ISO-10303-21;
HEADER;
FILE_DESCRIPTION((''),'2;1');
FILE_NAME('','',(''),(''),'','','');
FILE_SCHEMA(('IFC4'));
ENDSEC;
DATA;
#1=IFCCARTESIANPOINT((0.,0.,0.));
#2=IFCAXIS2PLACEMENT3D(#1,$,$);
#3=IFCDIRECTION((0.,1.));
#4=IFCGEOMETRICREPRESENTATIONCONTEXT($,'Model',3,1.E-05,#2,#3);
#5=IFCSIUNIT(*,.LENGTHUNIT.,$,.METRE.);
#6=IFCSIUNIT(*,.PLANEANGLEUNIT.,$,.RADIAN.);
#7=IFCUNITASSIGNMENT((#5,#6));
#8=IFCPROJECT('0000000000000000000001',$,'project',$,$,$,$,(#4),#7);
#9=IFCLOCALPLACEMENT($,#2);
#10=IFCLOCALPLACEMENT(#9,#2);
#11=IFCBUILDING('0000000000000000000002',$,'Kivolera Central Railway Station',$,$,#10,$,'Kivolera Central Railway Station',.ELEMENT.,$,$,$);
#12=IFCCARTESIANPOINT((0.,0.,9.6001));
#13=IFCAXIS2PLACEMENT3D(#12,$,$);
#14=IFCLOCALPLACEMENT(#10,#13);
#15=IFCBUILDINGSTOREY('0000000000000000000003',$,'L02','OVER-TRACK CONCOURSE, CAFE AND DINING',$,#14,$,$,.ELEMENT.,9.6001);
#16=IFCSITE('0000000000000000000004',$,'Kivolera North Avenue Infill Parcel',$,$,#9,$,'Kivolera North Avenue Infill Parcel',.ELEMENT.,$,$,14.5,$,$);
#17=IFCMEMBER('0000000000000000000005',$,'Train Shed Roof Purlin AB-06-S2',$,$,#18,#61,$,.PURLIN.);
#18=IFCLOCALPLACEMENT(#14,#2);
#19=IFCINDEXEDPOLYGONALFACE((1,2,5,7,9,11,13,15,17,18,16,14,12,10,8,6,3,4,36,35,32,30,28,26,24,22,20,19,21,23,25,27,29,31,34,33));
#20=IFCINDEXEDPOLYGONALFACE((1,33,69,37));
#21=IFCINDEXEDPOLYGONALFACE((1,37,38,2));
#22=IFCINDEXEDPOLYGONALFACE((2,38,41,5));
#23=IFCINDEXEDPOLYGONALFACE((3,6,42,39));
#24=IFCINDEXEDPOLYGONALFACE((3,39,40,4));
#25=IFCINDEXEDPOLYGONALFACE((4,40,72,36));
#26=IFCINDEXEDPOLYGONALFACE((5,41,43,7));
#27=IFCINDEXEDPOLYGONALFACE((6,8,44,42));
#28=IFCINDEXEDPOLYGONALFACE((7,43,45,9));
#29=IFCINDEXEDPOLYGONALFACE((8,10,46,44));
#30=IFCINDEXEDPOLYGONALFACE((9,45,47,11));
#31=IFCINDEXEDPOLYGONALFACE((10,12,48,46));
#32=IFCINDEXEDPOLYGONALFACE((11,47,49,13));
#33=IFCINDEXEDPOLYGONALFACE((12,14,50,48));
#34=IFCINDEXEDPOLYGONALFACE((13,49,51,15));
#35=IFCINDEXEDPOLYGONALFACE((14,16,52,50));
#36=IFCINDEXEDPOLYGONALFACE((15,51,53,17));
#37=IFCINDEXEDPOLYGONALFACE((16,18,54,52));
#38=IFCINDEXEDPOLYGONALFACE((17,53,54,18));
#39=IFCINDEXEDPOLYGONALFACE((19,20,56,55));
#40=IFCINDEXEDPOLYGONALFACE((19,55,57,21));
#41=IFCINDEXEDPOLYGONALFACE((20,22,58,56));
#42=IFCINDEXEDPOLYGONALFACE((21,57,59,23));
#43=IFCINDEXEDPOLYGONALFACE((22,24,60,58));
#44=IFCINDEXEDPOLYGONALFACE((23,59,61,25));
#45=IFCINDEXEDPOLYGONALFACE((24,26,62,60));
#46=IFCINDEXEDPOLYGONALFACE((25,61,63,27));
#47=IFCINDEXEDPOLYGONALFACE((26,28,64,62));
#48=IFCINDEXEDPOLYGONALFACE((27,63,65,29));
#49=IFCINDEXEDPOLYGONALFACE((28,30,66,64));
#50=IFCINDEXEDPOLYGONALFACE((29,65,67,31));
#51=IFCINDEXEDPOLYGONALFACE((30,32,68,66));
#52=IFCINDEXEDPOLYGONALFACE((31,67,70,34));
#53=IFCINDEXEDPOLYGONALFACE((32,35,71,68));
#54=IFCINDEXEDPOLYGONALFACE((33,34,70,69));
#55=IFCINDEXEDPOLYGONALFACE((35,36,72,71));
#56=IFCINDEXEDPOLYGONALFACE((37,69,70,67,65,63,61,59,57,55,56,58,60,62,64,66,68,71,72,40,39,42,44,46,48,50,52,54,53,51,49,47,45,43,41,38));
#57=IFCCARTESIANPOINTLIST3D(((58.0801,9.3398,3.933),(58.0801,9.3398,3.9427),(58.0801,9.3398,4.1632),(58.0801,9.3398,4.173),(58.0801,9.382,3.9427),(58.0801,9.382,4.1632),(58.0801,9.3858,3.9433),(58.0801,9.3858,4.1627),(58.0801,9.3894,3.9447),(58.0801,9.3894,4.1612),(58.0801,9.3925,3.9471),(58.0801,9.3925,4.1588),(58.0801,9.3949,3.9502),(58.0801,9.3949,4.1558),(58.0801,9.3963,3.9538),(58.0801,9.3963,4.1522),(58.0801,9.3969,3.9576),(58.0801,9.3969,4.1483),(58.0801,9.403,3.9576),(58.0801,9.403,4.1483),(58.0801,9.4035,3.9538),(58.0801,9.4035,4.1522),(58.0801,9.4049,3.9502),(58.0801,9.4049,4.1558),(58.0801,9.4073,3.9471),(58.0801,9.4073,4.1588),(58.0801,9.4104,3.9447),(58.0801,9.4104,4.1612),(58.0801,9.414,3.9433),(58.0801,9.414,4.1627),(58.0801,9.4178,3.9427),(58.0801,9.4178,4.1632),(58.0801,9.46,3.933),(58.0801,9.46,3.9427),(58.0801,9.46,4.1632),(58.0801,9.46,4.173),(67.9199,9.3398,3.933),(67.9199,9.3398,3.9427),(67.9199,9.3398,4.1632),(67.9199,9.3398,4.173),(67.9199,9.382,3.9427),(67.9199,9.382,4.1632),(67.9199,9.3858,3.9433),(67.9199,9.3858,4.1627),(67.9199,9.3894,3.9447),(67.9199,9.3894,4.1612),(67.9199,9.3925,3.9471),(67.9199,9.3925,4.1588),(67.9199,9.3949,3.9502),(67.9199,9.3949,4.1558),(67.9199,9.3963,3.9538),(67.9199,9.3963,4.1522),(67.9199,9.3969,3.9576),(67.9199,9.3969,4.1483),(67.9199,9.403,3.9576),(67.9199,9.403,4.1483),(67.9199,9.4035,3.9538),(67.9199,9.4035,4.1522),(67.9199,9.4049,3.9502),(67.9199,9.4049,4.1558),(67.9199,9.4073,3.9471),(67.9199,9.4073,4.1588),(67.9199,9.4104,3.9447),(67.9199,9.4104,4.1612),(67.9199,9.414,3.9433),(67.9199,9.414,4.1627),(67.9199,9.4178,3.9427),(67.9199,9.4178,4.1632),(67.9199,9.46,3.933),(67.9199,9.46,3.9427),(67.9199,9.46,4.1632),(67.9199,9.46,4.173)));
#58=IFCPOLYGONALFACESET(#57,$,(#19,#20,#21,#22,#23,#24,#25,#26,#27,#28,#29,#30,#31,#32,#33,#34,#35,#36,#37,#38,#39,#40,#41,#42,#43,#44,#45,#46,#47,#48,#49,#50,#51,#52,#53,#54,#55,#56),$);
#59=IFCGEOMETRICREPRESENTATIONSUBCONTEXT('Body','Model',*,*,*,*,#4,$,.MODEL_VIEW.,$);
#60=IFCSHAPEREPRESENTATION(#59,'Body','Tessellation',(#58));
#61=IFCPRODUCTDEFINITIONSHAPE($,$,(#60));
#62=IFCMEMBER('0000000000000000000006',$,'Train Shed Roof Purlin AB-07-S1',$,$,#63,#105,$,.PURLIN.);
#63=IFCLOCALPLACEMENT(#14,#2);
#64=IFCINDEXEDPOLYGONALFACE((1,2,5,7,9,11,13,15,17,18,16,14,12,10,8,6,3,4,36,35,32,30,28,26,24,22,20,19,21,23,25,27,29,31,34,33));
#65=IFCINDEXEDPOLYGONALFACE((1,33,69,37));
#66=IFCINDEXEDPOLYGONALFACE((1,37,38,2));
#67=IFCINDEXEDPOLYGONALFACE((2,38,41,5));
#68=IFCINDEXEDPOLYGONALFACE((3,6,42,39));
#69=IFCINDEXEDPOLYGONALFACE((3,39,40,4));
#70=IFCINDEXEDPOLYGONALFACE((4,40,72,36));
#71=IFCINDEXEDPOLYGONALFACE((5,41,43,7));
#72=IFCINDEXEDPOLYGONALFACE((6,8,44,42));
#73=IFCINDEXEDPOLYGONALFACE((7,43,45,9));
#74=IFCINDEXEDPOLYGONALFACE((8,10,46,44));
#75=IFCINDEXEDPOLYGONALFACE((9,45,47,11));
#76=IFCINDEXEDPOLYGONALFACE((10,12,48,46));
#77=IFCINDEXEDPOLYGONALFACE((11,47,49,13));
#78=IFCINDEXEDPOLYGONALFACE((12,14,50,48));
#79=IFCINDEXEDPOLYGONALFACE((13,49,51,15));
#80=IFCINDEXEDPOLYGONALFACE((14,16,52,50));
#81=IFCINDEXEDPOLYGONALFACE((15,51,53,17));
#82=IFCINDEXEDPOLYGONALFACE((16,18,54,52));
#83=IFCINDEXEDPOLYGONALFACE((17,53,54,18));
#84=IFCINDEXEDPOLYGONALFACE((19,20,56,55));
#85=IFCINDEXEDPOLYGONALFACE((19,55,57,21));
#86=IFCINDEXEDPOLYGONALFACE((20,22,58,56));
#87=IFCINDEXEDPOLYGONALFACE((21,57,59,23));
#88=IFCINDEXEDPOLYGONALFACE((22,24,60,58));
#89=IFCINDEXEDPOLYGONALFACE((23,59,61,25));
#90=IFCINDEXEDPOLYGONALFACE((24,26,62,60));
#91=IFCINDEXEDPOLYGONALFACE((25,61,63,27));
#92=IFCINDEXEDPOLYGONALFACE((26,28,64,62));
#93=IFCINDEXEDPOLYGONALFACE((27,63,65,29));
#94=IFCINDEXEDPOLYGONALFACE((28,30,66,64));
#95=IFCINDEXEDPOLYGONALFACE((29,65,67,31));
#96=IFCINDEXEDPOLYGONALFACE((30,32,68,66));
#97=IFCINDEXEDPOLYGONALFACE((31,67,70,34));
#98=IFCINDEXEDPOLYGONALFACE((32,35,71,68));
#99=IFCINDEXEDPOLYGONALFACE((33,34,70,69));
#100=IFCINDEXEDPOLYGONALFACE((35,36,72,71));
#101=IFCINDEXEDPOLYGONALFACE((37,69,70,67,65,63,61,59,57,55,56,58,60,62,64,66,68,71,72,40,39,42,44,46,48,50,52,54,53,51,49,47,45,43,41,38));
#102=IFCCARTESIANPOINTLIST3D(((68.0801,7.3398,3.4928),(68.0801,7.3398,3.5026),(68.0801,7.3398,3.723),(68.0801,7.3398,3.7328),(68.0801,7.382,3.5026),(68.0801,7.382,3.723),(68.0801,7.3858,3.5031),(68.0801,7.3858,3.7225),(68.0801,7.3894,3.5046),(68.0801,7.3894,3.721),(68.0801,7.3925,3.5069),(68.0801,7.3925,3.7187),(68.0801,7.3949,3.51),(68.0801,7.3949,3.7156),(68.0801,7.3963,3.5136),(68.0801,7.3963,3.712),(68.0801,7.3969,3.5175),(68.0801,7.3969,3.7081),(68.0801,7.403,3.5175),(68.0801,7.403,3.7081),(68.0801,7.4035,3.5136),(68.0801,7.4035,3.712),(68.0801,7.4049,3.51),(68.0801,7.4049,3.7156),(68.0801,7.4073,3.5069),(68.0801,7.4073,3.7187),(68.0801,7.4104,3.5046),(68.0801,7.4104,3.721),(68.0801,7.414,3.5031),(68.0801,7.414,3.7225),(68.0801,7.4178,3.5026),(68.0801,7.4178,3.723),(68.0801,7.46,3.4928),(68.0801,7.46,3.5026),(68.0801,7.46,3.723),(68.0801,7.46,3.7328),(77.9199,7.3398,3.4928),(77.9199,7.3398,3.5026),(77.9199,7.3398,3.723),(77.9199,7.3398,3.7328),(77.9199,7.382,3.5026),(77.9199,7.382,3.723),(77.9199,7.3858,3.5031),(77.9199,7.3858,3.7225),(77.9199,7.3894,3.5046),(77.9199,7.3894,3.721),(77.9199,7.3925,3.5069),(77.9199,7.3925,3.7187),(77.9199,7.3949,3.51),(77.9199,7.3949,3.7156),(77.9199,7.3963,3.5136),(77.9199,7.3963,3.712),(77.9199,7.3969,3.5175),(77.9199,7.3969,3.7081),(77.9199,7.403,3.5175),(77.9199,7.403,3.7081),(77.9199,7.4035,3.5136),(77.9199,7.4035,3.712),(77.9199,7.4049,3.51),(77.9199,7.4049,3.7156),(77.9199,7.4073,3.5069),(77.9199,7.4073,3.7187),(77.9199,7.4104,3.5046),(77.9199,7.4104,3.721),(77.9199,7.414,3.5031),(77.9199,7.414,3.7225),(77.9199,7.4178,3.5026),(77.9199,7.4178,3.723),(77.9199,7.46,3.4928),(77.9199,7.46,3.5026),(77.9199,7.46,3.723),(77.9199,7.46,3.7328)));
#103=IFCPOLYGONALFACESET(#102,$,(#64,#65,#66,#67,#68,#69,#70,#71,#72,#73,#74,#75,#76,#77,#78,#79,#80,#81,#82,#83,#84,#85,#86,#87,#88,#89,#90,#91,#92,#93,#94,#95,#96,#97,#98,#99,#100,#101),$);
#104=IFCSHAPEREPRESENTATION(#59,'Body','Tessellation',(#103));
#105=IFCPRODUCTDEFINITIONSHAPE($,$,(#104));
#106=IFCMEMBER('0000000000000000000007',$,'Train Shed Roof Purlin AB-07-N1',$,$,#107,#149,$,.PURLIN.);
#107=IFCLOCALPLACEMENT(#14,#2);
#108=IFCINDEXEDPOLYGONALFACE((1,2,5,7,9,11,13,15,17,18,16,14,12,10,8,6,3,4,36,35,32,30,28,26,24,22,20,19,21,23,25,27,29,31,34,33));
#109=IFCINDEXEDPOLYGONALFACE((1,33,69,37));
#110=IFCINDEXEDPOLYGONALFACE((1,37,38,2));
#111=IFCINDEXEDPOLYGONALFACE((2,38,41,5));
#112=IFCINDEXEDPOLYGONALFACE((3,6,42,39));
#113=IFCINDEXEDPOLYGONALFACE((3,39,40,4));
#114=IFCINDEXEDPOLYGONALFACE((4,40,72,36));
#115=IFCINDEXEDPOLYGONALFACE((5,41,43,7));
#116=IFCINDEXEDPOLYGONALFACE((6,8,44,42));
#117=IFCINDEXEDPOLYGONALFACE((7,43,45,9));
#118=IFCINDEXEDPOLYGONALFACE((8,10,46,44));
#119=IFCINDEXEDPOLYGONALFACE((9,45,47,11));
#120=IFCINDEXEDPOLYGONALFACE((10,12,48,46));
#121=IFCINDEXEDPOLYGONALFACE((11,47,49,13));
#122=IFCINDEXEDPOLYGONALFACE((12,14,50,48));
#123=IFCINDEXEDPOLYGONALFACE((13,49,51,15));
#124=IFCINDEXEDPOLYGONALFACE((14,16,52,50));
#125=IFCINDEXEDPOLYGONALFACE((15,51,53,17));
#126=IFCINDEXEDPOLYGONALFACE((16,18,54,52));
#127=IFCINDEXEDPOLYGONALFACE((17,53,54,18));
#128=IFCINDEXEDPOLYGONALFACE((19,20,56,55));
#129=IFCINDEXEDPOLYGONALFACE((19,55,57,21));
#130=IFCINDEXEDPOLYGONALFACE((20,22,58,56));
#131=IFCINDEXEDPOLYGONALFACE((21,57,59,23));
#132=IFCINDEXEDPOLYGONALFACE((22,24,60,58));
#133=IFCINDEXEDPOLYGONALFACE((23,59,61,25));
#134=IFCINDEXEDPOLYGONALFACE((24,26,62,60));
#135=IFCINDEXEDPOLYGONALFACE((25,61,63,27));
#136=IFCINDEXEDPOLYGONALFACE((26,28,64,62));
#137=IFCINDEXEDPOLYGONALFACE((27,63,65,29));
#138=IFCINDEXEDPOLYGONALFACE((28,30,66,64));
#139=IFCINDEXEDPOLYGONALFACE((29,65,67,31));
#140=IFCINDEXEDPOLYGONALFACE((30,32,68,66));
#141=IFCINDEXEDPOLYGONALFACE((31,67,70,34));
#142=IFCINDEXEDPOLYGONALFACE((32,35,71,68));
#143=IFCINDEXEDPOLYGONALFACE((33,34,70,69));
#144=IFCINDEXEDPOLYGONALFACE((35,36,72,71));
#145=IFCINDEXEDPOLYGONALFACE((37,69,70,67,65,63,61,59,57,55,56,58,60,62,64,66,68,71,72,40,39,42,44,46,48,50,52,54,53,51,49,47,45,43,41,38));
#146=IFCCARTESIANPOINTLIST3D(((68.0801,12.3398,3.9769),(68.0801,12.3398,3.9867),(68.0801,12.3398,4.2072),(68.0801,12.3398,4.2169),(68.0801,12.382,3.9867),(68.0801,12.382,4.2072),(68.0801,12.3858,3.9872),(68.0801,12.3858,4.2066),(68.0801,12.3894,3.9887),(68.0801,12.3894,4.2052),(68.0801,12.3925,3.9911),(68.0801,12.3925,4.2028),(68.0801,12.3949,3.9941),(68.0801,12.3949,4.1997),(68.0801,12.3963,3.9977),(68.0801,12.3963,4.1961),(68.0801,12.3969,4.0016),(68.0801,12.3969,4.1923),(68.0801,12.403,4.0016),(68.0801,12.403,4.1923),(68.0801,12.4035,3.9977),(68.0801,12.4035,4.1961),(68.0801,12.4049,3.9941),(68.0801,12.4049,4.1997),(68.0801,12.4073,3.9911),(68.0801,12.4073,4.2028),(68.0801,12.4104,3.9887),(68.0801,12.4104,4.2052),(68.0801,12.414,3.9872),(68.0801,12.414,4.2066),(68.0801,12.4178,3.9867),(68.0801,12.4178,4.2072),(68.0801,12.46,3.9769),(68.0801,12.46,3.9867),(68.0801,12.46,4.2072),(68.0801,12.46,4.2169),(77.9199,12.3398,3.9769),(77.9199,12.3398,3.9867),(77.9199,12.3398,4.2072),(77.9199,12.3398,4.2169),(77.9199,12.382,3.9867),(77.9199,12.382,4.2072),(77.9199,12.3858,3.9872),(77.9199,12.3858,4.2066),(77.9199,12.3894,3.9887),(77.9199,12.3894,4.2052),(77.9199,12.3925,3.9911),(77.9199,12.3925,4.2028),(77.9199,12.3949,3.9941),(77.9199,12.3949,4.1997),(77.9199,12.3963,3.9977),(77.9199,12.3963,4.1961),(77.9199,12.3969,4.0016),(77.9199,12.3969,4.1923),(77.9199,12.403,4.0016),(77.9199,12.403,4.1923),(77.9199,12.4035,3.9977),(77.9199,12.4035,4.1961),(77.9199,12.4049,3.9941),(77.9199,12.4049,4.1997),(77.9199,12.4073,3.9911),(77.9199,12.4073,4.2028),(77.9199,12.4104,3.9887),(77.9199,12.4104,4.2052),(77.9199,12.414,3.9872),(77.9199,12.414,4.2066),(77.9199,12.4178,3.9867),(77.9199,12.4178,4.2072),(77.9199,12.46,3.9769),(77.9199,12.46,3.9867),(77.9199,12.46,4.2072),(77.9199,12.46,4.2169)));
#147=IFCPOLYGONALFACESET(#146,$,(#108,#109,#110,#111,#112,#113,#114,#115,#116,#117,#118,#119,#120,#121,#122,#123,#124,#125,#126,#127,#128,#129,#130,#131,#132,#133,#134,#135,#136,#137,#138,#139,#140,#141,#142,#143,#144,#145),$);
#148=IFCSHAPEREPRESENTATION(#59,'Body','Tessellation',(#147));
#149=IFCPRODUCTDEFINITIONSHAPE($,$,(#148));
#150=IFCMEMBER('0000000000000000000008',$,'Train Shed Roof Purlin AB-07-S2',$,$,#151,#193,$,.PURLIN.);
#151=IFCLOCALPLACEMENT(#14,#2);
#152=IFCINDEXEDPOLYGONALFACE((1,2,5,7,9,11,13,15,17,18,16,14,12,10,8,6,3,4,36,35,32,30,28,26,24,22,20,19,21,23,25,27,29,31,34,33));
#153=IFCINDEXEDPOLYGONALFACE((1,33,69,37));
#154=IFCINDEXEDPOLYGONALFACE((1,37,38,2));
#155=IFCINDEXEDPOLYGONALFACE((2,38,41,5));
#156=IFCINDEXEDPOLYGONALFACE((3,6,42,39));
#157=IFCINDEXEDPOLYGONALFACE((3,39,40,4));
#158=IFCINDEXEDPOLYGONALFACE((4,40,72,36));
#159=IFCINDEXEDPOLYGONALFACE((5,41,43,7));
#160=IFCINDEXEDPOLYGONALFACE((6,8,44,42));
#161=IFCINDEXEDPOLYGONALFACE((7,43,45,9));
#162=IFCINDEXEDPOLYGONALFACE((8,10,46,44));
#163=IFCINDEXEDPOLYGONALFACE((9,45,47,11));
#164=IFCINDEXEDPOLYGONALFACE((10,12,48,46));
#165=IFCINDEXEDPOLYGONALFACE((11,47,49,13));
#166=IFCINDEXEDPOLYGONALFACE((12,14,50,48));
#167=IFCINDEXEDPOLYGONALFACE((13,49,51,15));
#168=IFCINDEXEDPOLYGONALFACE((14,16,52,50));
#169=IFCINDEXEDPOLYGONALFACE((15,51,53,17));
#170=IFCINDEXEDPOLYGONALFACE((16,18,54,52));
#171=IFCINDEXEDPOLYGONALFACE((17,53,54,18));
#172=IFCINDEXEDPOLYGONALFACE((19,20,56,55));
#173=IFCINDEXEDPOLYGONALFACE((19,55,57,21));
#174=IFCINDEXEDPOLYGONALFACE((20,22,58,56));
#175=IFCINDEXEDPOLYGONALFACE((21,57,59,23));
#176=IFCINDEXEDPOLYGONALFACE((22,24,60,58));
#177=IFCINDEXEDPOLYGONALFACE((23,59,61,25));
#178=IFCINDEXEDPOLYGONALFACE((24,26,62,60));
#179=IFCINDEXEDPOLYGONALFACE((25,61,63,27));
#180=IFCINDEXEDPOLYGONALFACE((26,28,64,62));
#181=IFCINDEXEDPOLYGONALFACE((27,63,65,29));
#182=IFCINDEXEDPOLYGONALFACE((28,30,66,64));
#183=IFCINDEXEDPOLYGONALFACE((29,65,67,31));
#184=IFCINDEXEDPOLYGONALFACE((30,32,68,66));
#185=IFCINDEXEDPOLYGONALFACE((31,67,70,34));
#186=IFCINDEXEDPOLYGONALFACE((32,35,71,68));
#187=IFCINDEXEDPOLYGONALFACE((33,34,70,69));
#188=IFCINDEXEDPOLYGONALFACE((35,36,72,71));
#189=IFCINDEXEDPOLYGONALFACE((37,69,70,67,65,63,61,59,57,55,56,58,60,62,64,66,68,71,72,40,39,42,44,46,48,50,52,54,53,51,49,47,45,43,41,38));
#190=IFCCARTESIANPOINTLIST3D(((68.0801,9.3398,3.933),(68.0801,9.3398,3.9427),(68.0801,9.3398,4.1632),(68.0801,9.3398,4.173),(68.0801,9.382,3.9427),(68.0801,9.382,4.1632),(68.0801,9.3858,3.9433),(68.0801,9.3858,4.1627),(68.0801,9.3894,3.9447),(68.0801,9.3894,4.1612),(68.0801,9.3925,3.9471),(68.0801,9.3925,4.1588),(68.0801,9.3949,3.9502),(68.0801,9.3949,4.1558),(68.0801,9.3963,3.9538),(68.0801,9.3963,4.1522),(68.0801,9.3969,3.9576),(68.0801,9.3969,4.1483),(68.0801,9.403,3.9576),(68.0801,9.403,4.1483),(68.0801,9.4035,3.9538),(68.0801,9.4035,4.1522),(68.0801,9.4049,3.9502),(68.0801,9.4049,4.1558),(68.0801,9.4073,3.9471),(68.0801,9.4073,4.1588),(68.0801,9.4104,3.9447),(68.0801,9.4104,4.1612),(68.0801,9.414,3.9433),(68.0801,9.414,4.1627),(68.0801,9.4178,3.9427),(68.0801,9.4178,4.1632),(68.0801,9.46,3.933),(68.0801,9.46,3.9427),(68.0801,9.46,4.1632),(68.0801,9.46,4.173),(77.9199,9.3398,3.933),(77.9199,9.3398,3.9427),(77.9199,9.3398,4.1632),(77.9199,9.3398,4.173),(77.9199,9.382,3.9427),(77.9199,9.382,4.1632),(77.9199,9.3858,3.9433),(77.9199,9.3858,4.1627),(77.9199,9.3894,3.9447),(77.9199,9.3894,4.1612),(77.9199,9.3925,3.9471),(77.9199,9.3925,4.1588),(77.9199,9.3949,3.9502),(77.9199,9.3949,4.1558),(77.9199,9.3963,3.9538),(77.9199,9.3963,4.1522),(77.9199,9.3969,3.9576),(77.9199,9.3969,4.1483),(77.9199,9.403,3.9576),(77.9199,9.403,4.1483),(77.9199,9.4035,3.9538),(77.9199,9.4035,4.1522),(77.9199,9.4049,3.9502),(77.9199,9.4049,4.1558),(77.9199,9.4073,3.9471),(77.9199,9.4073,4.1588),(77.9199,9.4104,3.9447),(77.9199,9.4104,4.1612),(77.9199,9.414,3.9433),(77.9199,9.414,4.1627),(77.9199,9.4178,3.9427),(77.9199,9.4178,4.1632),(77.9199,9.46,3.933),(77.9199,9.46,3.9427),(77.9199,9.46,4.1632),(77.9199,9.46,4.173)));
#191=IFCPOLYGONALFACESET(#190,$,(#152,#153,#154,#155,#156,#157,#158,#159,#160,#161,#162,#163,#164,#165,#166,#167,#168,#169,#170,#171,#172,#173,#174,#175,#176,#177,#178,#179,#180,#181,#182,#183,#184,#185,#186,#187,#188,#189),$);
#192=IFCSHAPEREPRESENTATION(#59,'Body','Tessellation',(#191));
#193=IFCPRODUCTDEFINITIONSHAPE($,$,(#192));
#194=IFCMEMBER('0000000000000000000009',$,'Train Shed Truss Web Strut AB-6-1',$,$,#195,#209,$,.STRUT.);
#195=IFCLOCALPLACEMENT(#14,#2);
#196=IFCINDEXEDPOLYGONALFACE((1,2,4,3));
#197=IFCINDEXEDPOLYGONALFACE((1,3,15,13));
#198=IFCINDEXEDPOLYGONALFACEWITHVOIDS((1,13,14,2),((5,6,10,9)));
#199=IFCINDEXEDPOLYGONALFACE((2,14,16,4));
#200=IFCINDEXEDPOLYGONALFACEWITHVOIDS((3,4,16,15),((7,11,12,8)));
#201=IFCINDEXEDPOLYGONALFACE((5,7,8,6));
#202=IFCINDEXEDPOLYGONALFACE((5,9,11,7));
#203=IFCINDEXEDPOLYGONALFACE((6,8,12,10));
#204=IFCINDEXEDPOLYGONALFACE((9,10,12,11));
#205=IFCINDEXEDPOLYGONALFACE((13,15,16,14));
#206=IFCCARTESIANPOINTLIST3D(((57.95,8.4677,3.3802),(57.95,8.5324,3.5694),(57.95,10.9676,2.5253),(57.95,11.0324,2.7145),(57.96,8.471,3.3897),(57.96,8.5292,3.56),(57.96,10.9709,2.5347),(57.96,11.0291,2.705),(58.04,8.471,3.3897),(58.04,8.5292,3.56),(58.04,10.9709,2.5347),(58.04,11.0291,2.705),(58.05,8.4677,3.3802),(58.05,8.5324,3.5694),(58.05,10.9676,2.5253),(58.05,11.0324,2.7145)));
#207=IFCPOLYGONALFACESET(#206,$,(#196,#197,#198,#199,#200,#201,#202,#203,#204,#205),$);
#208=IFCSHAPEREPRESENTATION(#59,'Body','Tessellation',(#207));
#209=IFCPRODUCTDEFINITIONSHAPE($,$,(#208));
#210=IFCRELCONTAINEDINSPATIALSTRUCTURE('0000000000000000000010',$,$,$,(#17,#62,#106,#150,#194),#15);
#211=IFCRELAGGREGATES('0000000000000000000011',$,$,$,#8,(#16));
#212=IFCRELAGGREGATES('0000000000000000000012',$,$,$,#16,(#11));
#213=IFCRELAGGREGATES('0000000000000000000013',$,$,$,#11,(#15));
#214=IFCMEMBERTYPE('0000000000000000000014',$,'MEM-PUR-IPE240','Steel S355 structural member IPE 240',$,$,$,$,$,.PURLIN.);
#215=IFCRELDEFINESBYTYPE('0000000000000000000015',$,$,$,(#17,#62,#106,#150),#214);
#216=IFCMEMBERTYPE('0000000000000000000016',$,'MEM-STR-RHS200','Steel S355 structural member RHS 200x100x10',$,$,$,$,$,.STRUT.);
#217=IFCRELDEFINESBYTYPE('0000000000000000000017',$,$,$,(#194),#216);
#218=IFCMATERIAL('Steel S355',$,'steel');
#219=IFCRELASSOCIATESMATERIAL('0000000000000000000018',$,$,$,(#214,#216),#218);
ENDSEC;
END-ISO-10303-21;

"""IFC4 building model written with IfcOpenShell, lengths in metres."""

from ifc_helpers import new_model, si_unit, direction, frame, origin, origin_2d, place, context, subcontext, project, spatial, hollow_rectangle, i_section, extrude, material, material_profile, profile_set, type_object, element, save


model = new_model("IFC4")

# Units and contexts
model_context = context("Model", 3, precision=1e-05, world=origin(), true_north=direction((0.0, 1.0)))
body_context = subcontext(model_context, "Body", "Model", "MODEL_VIEW")
ifc_project = project(units=[si_unit("LENGTHUNIT", "METRE"), si_unit("PLANEANGLEUNIT", "RADIAN")], contexts=[model_context])

# Site, building, storey
site_placement = place(None, origin())
site = spatial("IfcSite", under=ifc_project, at=site_placement, Name="Kivolera North Avenue Infill Parcel", LongName="Kivolera North Avenue Infill Parcel", CompositionType="ELEMENT", RefElevation=14.5)
building_placement = place(site_placement, origin())
building = spatial("IfcBuilding", under=site, at=building_placement, Name="Kivolera Central Railway Station", LongName="Kivolera Central Railway Station", CompositionType="ELEMENT")
storey_placement = place(building_placement, frame((0.0, 0.0, 9.6001)))
storey = spatial("IfcBuildingStorey", under=building, at=storey_placement, Name="L02", Description="OVER-TRACK CONCOURSE, CAFE AND DINING", CompositionType="ELEMENT", Elevation=9.6001)

# Shared definitions
ifc_material_1 = material(Name="Steel S355", Category="steel")

# Members
ifc_material_profile_1 = material_profile(ifc_material_1, i_section(OverallWidth=0.1201, OverallDepth=0.24, WebThickness=0.0061, FlangeThickness=0.0098, FilletRadius=0.0149, at=origin_2d()), Name="IPE 240")
ifc_profile_set_1 = profile_set([ifc_material_profile_1], Name="Steel S355")
member_type_1 = type_object("IfcMemberType", Name="MEM-PUR-IPE240", Description="Steel S355 structural member IPE 240", PredefinedType="PURLIN", material=ifc_profile_set_1)
for number, where, z_axis, x_axis, name in (
    (1, (58.0801, 9.3999, 4.053), (1.0, 0.0, 0.0), (0.0, 1.0, 0.0), "Train Shed Roof Purlin AB-06-S2"),
    (2, (68.0801, 7.3999, 3.6128), (1.0, 0.0, 0.0), (0.0, 1.0, 0.0), "Train Shed Roof Purlin AB-07-S1"),
    (3, (68.0801, 12.3999, 4.0969), (1.0, 0.0, 0.0), (0.0, 1.0, 0.0), "Train Shed Roof Purlin AB-07-N1"),
    (4, (68.0801, 9.3999, 4.053), (1.0, 0.0, 0.0), (0.0, 1.0, 0.0), "Train Shed Roof Purlin AB-07-S2"),
):
    element("IfcMember", number, at=place(storey_placement, frame(where, z_axis=z_axis, x_axis=x_axis)), inside=storey, type_object=member_type_1, Name=name, PredefinedType="PURLIN", context=body_context, shape_type="SweptSolid", body=[
        extrude(i_section(OverallWidth=0.1201, OverallDepth=0.24, WebThickness=0.0061, FlangeThickness=0.0098, FilletRadius=0.0149, at=origin_2d()), origin(), (0.0, 0.0, 1.0), 9.8398),
    ])
ifc_material_profile_2 = material_profile(ifc_material_1, hollow_rectangle(XDim=0.1001, YDim=0.2, WallThickness=0.01, at=origin_2d()), Name="RHS 200x100x10")
ifc_profile_set_2 = profile_set([ifc_material_profile_2], Name="Steel S355")
member_type_2 = type_object("IfcMemberType", Name="MEM-STR-RHS200", Description="Steel S355 structural member RHS 200x100x10", PredefinedType="STRUT", material=ifc_profile_set_2)
for number, where, z_axis, x_axis, name in (
    (5, (58.0, 11.0, 2.6199), (0.0, -0.946197, 0.323592), (1.0, 0.0, 0.0), "Train Shed Truss Web Strut AB-6-1"),
):
    element("IfcMember", number, at=place(storey_placement, frame(where, z_axis=z_axis, x_axis=x_axis)), inside=storey, type_object=member_type_2, Name=name, PredefinedType="STRUT", context=body_context, shape_type="SweptSolid", body=[
        extrude(hollow_rectangle(XDim=0.1001, YDim=0.2, WallThickness=0.01, at=origin_2d()), origin(), (0.0, 0.0, 1.0), 2.6421),
    ])

save(model, "model.ifc")
